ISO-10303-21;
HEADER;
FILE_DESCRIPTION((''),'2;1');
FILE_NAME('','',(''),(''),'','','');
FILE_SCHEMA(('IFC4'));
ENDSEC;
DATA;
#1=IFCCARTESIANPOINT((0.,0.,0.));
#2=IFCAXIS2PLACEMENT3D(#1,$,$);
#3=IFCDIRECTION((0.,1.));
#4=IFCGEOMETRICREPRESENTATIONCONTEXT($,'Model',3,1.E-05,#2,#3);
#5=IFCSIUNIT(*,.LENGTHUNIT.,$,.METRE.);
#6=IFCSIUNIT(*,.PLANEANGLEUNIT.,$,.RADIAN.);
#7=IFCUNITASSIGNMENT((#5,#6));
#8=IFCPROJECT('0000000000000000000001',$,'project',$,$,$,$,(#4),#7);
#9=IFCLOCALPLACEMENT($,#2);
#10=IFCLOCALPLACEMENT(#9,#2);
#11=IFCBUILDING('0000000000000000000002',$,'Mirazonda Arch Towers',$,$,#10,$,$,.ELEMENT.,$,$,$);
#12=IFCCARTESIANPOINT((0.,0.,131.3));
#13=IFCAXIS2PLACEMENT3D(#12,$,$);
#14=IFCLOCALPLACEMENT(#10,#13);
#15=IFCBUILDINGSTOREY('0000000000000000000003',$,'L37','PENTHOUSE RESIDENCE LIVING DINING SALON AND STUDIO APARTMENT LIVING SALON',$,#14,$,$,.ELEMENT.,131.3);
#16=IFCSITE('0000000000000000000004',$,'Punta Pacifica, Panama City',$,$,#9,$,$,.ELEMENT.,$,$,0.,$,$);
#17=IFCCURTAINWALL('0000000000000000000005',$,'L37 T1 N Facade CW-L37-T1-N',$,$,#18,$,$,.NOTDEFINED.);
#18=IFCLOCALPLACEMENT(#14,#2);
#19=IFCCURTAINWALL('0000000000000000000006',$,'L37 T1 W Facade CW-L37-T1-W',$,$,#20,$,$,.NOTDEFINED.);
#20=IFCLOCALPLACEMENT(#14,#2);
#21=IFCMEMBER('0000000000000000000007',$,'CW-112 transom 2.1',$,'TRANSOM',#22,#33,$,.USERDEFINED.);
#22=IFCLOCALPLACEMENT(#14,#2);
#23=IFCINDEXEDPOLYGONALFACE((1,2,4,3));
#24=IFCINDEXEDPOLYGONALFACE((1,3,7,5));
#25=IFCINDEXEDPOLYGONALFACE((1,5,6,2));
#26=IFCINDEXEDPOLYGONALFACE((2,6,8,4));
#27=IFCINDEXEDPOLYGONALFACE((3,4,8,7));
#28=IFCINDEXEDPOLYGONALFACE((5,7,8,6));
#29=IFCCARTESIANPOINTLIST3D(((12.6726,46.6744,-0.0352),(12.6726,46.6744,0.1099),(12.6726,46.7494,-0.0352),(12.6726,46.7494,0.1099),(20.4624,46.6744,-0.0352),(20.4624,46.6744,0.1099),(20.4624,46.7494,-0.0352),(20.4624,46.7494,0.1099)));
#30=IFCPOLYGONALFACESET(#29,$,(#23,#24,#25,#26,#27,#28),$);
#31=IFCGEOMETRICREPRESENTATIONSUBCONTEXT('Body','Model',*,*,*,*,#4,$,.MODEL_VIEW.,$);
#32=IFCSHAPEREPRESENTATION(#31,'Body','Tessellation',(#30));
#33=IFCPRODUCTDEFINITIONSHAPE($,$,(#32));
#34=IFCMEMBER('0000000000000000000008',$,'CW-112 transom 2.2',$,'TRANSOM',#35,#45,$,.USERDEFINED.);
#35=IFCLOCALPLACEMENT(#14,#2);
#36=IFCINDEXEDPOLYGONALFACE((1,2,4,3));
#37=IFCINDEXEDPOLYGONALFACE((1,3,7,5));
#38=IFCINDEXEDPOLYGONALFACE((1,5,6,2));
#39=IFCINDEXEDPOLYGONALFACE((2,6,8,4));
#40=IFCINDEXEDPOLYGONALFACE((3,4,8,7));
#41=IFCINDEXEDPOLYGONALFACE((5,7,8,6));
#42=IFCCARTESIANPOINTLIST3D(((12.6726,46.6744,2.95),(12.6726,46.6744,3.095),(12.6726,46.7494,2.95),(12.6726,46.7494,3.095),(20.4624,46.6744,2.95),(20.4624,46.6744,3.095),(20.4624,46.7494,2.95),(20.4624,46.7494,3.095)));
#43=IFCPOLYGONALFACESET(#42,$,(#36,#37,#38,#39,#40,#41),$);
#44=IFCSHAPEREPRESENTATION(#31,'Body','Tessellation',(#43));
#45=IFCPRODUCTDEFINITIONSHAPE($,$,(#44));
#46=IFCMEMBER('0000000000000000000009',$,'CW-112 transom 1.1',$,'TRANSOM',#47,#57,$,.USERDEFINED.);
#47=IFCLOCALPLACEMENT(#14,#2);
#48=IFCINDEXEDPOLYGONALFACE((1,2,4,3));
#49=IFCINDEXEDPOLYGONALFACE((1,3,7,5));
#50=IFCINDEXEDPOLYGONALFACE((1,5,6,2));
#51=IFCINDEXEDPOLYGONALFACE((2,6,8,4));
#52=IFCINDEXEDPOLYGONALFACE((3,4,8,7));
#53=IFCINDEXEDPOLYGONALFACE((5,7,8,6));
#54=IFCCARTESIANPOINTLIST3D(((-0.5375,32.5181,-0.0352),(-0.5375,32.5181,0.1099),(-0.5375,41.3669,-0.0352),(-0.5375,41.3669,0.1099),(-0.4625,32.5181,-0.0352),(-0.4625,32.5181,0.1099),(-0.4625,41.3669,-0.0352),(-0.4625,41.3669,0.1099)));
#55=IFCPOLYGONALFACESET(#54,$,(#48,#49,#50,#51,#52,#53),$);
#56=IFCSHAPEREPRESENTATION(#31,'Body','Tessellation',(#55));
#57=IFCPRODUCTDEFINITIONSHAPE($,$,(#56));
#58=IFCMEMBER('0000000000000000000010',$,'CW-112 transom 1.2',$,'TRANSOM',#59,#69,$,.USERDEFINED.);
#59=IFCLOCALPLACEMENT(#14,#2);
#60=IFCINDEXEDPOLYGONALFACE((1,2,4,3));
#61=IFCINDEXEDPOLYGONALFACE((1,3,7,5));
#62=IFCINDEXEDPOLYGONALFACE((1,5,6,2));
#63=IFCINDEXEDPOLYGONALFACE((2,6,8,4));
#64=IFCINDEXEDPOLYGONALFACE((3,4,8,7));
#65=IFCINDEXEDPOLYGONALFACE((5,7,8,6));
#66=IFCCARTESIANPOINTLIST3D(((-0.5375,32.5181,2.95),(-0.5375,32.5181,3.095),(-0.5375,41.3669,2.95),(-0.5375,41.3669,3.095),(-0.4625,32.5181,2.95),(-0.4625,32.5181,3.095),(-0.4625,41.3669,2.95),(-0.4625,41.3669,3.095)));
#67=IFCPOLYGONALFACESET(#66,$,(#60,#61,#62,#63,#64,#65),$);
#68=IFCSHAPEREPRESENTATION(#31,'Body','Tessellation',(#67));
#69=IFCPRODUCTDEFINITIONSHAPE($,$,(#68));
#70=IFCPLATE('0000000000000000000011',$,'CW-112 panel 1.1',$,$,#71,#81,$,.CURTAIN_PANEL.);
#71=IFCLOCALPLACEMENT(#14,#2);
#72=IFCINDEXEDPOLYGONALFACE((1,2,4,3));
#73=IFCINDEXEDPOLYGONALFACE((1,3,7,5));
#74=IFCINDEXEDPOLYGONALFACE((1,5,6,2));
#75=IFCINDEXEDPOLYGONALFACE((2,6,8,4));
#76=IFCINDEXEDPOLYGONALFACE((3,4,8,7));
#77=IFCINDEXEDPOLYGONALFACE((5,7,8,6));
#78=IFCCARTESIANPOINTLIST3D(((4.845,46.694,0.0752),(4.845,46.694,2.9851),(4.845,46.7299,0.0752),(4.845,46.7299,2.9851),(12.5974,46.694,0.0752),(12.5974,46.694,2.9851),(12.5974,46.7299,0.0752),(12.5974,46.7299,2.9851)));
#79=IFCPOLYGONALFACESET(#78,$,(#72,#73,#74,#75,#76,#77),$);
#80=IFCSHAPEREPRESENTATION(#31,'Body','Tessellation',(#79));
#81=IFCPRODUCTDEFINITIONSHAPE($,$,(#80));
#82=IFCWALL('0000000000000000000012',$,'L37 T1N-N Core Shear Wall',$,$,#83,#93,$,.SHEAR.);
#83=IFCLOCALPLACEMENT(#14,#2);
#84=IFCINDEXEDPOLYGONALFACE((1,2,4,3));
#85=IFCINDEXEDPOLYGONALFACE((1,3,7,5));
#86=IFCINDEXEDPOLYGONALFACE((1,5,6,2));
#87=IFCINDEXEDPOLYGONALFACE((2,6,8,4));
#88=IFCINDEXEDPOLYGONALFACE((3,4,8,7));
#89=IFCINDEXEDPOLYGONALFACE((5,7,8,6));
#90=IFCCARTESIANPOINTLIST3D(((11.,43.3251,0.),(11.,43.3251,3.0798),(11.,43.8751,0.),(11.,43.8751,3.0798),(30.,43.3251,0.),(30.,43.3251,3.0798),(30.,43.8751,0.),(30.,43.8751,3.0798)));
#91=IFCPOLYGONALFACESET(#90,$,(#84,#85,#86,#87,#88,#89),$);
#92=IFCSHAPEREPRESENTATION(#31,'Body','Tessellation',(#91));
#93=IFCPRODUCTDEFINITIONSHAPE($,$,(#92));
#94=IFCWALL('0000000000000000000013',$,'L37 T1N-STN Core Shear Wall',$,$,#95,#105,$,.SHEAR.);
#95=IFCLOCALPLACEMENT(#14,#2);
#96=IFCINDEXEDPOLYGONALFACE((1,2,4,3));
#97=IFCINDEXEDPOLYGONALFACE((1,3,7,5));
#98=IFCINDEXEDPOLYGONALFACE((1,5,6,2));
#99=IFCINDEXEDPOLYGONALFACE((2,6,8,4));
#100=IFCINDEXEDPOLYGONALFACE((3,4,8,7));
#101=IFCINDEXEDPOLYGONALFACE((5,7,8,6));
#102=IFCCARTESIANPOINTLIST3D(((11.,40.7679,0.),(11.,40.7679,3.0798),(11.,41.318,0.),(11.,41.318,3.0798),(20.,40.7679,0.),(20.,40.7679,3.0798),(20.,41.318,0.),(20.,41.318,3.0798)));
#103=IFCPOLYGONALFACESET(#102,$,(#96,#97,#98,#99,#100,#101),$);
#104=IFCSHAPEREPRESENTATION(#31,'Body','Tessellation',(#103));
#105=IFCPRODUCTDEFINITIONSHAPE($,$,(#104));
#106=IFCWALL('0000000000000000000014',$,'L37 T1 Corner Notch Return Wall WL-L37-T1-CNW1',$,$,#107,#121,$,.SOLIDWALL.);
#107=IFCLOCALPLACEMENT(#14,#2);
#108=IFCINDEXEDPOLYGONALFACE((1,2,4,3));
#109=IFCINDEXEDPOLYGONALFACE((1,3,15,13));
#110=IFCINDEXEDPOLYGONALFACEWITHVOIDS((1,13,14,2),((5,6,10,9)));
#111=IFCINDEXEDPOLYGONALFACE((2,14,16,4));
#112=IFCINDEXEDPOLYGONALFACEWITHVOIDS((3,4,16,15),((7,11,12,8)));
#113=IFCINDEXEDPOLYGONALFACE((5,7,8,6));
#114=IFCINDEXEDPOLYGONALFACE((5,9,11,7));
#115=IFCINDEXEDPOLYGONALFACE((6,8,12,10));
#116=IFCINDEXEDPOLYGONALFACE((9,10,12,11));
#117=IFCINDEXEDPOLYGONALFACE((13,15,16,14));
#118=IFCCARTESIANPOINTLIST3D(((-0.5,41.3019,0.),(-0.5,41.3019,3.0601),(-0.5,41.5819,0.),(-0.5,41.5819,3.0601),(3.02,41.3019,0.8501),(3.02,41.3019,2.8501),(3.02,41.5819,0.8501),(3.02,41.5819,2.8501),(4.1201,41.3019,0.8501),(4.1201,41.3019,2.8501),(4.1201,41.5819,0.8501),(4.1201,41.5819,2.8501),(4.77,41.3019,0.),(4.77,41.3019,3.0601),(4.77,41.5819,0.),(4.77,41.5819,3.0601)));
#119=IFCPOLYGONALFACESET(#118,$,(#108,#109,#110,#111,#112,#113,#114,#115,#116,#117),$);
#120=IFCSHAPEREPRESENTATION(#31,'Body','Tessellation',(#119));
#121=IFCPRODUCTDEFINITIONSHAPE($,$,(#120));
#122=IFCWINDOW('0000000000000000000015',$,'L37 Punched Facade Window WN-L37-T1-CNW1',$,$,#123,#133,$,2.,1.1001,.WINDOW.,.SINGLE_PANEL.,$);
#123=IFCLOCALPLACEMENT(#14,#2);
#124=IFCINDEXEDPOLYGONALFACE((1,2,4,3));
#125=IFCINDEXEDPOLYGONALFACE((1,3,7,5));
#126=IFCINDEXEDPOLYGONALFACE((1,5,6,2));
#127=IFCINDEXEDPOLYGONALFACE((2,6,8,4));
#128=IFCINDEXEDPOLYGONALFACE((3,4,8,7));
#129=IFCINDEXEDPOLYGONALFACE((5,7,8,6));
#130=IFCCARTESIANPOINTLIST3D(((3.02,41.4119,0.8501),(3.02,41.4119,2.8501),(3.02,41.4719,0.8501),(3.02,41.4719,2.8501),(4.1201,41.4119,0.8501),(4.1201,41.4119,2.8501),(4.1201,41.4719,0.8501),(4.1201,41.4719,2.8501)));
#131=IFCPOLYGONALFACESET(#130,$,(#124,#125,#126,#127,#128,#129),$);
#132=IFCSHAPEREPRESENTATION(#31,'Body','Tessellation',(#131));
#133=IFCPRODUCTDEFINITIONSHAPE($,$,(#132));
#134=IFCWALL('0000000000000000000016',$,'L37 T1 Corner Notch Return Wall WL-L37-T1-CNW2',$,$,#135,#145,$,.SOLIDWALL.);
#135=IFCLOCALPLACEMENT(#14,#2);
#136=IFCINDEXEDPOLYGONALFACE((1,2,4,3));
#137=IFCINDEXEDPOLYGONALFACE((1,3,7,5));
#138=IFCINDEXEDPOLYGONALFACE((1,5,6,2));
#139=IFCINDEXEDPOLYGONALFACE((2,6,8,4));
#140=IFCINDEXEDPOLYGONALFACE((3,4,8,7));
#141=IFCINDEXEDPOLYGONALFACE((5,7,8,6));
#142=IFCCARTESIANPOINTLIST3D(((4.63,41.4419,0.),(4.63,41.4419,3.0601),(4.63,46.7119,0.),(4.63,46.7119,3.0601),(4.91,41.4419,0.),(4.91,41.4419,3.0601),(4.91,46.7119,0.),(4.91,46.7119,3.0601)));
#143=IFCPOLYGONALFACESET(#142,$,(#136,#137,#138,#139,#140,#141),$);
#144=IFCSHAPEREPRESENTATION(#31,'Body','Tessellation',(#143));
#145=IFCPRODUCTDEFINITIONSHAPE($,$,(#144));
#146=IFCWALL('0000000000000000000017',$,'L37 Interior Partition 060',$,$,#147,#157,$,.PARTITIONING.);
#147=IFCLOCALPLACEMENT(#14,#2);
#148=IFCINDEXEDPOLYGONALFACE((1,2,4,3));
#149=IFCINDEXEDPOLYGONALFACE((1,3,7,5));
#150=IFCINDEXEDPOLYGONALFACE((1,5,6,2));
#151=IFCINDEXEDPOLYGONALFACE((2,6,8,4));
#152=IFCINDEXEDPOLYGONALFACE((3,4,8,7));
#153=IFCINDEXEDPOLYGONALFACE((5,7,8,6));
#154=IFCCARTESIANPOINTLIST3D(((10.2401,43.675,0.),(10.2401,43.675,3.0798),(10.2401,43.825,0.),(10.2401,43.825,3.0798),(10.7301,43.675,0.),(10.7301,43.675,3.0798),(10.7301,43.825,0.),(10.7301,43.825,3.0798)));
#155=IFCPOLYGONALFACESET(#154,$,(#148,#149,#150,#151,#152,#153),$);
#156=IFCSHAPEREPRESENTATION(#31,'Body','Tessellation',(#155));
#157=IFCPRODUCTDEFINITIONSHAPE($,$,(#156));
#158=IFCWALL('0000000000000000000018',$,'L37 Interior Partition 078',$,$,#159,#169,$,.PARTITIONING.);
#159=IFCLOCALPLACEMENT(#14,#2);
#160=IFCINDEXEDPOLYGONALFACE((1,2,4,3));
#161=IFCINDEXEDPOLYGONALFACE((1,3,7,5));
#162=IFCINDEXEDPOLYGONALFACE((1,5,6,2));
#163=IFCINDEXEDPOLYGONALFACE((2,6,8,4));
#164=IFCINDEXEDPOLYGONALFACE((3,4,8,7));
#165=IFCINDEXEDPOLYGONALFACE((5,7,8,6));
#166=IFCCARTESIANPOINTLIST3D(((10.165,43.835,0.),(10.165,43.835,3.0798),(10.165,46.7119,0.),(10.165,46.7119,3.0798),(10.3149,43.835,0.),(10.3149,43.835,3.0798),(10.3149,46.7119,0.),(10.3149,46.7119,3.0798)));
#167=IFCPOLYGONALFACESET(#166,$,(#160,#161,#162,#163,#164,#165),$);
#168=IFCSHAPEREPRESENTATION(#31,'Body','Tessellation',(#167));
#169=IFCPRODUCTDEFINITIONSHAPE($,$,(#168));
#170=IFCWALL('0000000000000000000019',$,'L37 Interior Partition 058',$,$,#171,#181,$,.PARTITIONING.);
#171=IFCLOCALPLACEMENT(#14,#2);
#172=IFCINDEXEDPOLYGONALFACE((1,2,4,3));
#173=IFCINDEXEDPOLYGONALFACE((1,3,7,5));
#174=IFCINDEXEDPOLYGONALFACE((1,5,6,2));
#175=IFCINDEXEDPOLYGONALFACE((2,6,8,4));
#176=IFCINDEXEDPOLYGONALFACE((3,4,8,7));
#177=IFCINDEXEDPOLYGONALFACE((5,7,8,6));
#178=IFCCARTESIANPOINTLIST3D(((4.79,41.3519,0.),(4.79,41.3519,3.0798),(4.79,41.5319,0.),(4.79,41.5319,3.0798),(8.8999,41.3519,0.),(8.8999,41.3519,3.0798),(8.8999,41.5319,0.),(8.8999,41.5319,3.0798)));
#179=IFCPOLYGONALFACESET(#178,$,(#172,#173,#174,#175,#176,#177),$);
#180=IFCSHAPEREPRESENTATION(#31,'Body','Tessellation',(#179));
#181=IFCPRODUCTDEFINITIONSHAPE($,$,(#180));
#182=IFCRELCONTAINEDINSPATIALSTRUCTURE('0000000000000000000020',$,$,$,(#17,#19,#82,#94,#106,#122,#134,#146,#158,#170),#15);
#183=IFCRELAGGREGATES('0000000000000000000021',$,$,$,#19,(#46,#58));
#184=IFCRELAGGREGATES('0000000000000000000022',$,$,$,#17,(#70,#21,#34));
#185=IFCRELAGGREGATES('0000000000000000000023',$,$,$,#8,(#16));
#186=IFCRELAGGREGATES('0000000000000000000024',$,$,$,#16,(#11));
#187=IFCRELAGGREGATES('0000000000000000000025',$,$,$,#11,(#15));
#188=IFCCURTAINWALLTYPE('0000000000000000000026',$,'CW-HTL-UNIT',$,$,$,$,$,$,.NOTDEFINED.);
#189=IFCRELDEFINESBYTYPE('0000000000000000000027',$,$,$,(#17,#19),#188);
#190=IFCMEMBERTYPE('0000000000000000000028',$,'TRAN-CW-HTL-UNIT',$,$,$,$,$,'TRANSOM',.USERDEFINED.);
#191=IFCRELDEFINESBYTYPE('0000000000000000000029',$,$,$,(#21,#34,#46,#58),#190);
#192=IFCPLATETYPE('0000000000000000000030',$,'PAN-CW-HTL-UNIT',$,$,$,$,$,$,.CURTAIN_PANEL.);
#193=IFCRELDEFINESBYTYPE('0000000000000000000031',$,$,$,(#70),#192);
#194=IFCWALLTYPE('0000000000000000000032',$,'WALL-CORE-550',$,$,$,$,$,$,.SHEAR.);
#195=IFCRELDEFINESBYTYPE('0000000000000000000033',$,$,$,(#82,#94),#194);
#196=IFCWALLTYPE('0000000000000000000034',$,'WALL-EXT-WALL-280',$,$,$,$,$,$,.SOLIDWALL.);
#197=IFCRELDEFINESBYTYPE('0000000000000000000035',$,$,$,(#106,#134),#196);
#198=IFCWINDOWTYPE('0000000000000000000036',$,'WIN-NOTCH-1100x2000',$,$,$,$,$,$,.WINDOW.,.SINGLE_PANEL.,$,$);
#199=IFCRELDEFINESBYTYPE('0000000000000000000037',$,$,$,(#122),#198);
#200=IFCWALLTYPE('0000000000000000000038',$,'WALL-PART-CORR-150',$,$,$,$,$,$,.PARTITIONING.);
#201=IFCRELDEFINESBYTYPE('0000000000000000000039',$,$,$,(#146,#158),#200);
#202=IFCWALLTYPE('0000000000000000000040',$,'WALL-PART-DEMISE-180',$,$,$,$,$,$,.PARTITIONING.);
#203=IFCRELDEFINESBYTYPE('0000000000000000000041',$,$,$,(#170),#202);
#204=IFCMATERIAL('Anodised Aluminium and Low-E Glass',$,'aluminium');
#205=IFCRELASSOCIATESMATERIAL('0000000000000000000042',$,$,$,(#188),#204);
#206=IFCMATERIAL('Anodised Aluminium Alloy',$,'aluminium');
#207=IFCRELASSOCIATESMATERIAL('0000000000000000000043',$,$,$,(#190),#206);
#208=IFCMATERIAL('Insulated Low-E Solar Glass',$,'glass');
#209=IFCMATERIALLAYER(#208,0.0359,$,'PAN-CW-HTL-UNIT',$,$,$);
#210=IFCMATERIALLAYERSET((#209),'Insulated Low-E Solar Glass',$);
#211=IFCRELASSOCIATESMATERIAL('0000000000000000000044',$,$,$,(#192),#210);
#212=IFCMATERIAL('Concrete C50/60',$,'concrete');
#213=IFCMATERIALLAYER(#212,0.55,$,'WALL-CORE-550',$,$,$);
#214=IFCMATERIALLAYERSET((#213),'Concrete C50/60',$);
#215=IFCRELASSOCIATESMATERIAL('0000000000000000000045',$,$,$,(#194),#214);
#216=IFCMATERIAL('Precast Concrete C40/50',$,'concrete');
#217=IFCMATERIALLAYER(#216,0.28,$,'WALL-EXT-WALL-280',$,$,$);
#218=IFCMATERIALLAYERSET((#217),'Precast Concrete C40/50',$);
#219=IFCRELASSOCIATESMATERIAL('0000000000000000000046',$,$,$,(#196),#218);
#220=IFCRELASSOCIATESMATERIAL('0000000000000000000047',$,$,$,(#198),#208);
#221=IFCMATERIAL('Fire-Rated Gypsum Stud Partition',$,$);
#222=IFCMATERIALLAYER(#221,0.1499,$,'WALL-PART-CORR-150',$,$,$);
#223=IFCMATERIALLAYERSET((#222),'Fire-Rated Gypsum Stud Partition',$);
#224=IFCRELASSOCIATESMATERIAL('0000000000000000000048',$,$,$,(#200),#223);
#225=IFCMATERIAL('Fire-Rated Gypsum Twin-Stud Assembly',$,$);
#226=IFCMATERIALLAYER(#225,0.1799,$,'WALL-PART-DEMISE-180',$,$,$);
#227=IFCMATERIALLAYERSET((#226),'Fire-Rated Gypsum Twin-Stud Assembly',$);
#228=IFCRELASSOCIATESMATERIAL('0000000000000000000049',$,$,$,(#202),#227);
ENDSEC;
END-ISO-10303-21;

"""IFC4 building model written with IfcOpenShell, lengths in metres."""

from ifc_helpers import new_model, si_unit, direction, frame, frame_2d, origin, origin_2d, place, context, subcontext, project, spatial, rectangle, extrude, material, layer, layer_set, material_profile, profile_set, type_object, element, fill, aggregate, save


model = new_model("IFC4")

# Units and contexts
model_context = context("Model", 3, precision=1e-05, world=origin(), true_north=direction((0.0, 1.0)))
body_context = subcontext(model_context, "Body", "Model", "MODEL_VIEW")
ifc_project = project(units=[si_unit("LENGTHUNIT", "METRE"), si_unit("PLANEANGLEUNIT", "RADIAN")], contexts=[model_context])

# Site, building, storey
site_placement = place(None, origin())
site = spatial("IfcSite", under=ifc_project, at=site_placement, Name="Punta Pacifica, Panama City", CompositionType="ELEMENT", RefElevation=0.0)
building_placement = place(site_placement, origin())
building = spatial("IfcBuilding", under=site, at=building_placement, Name="Mirazonda Arch Towers", CompositionType="ELEMENT")
storey_placement = place(building_placement, frame((0.0, 0.0, 131.3)))
storey = spatial("IfcBuildingStorey", under=building, at=storey_placement, Name="L37", Description="PENTHOUSE RESIDENCE LIVING DINING SALON AND STUDIO APARTMENT LIVING SALON", CompositionType="ELEMENT", Elevation=131.3)

# Shared definitions
ifc_material_1 = material(Name="Concrete C50/60", Category="concrete")

# Curtain wall
ifc_material_2 = material(Name="Anodised Aluminium and Low-E Glass", Category="aluminium")
curtain_wall_type = type_object("IfcCurtainWallType", Name="CW-HTL-UNIT", PredefinedType="NOTDEFINED", material=ifc_material_2)
curtain_wall_1_placement = place(storey_placement, origin())
curtain_wall_1 = element("IfcCurtainWall", 1, at=curtain_wall_1_placement, inside=storey, type_object=curtain_wall_type, Name="L37 T1 N Facade CW-L37-T1-N", PredefinedType="NOTDEFINED")
ifc_material_3 = material(Name="Anodised Aluminium Alloy", Category="aluminium")

# Curtain wall
curtain_wall_2_placement = place(storey_placement, origin())
curtain_wall_2 = element("IfcCurtainWall", 2, at=curtain_wall_2_placement, inside=storey, type_object=curtain_wall_type, Name="L37 T1 W Facade CW-L37-T1-W", PredefinedType="NOTDEFINED")

# Members
ifc_material_profile_1 = material_profile(ifc_material_3, rectangle(XDim=0.075, YDim=0.145, at=origin_2d()), Name="ALU-TRAN-75x145")
ifc_profile_set_1 = profile_set([ifc_material_profile_1], Name="Anodised Aluminium Alloy")
member_type_1 = type_object("IfcMemberType", Name="TRAN-CW-HTL-UNIT", ElementType="TRANSOM", PredefinedType="USERDEFINED", material=ifc_profile_set_1)
member_1_placement = place(storey_placement, frame((12.6726, 46.7119, 0.0374), z_axis=(1.0, 0.0, 0.0), x_axis=(0.0, 1.0, 0.0)))
member_1 = element("IfcMember", 3, at=member_1_placement, type_object=member_type_1, Name="CW-112 transom 2.1", ObjectType="TRANSOM", PredefinedType="USERDEFINED", context=body_context, shape_type="SweptSolid", body=[
    extrude(rectangle(XDim=0.075, YDim=0.145, at=origin_2d()), origin(), (0.0, 0.0, 1.0), 7.7898),
])
member_2_placement = place(storey_placement, frame((12.6726, 46.7119, 3.0225), z_axis=(1.0, 0.0, 0.0), x_axis=(0.0, 1.0, 0.0)))
member_2 = element("IfcMember", 4, at=member_2_placement, type_object=member_type_1, Name="CW-112 transom 2.2", ObjectType="TRANSOM", PredefinedType="USERDEFINED", context=body_context, shape_type="SweptSolid", body=[
    extrude(rectangle(XDim=0.075, YDim=0.145, at=origin_2d()), origin(), (0.0, 0.0, 1.0), 7.7898),
])
member_3_placement = place(storey_placement, frame((-0.5, 41.3669, 0.0374), z_axis=(0.0, -1.0, 0.0), x_axis=(1.0, 0.0, 0.0)))
member_3 = element("IfcMember", 5, at=member_3_placement, type_object=member_type_1, Name="CW-112 transom 1.1", ObjectType="TRANSOM", PredefinedType="USERDEFINED", context=body_context, shape_type="SweptSolid", body=[
    extrude(rectangle(XDim=0.075, YDim=0.145, at=origin_2d()), origin(), (0.0, 0.0, 1.0), 8.8489),
])
member_4_placement = place(storey_placement, frame((-0.5, 41.3669, 3.0225), z_axis=(0.0, -1.0, 0.0), x_axis=(1.0, 0.0, 0.0)))
member_4 = element("IfcMember", 6, at=member_4_placement, type_object=member_type_1, Name="CW-112 transom 1.2", ObjectType="TRANSOM", PredefinedType="USERDEFINED", context=body_context, shape_type="SweptSolid", body=[
    extrude(rectangle(XDim=0.075, YDim=0.145, at=origin_2d()), origin(), (0.0, 0.0, 1.0), 8.8489),
])
aggregate(curtain_wall_2, [member_3, member_4])

# Plate
ifc_material_4 = material(Name="Insulated Low-E Solar Glass", Category="glass")
ifc_layer_1 = layer(ifc_material_4, 0.0359, Name="PAN-CW-HTL-UNIT")
ifc_layer_set_1 = layer_set([ifc_layer_1], Name="Insulated Low-E Solar Glass")
plate_type = type_object("IfcPlateType", Name="PAN-CW-HTL-UNIT", PredefinedType="CURTAIN_PANEL", material=ifc_layer_set_1)
plate_placement = place(storey_placement, frame((8.7212, 46.7119, 0.0752), z_axis=(0.0, 0.0, 1.0), x_axis=(1.0, 0.0, 0.0)))
plate = element("IfcPlate", 7, at=plate_placement, type_object=plate_type, Name="CW-112 panel 1.1", PredefinedType="CURTAIN_PANEL", context=body_context, shape_type="SweptSolid", body=[
    extrude(rectangle(XDim=7.7524, YDim=0.0359, at=origin_2d()), origin(), (0.0, 0.0, 1.0), 2.9099),
])
aggregate(curtain_wall_1, [plate, member_1, member_2])

# Walls
ifc_layer_2 = layer(ifc_material_1, 0.55, Name="WALL-CORE-550")
ifc_layer_set_2 = layer_set([ifc_layer_2], Name="Concrete C50/60")
wall_type_1 = type_object("IfcWallType", Name="WALL-CORE-550", PredefinedType="SHEAR", material=ifc_layer_set_2)
wall_1_placement = place(storey_placement, frame((11.0, 43.6001, 0.0), z_axis=(0.0, 0.0, 1.0), x_axis=(1.0, 0.0, 0.0)))
element("IfcWall", 8, at=wall_1_placement, inside=storey, type_object=wall_type_1, Name="L37 T1N-N Core Shear Wall", PredefinedType="SHEAR", context=body_context, shape_type="SweptSolid", body=[
    extrude(rectangle(XDim=19.0, YDim=0.55, at=frame_2d((9.5, 0.0))), origin(), (0.0, 0.0, 1.0), 3.0798),
])
wall_2_placement = place(storey_placement, frame((11.0, 41.043, 0.0), z_axis=(0.0, 0.0, 1.0), x_axis=(1.0, 0.0, 0.0)))
element("IfcWall", 9, at=wall_2_placement, inside=storey, type_object=wall_type_1, Name="L37 T1N-STN Core Shear Wall", PredefinedType="SHEAR", context=body_context, shape_type="SweptSolid", body=[
    extrude(rectangle(XDim=9.0, YDim=0.55, at=frame_2d((4.5, 0.0))), origin(), (0.0, 0.0, 1.0), 3.0798),
])

# Wall, opening, window
ifc_material_5 = material(Name="Precast Concrete C40/50", Category="concrete")
ifc_layer_3 = layer(ifc_material_5, 0.28, Name="WALL-EXT-WALL-280")
ifc_layer_set_3 = layer_set([ifc_layer_3], Name="Precast Concrete C40/50")
wall_type_2 = type_object("IfcWallType", Name="WALL-EXT-WALL-280", PredefinedType="SOLIDWALL", material=ifc_layer_set_3)
wall_3_placement = place(storey_placement, frame((4.77, 41.4419, 0.0), z_axis=(0.0, 0.0, 1.0), x_axis=(-1.0, 0.0, 0.0)))
wall_3 = element("IfcWall", 10, at=wall_3_placement, inside=storey, type_object=wall_type_2, Name="L37 T1 Corner Notch Return Wall WL-L37-T1-CNW1", PredefinedType="SOLIDWALL", context=body_context, shape_type="SweptSolid", body=[
    extrude(rectangle(XDim=5.27, YDim=0.28, at=frame_2d((2.635, 0.0))), origin(), (0.0, 0.0, 1.0), 3.0601),
])
opening_1_placement = place(wall_3_placement, frame((0.6499, 0.0, 0.8501)))
opening_1 = element("IfcOpeningElement", 11, at=opening_1_placement, cuts=wall_3, PredefinedType="OPENING", context=body_context, shape_type="SweptSolid", body=[
    extrude(rectangle(XDim=1.1001, YDim=2.0, at=frame_2d((0.55, 1.0))), frame((0.0, 0.1499, 0.0), z_axis=(0.0, -1.0, 0.0), x_axis=(1.0, 0.0, 0.0)), (0.0, 0.0, 1.0), 0.3),
])
window_type = type_object("IfcWindowType", Name="WIN-NOTCH-1100x2000", PartitioningType="SINGLE_PANEL", PredefinedType="WINDOW", material=ifc_material_4)
window_placement = place(opening_1_placement, origin())
window = element("IfcWindow", 12, at=window_placement, inside=storey, type_object=window_type, Name="L37 Punched Facade Window WN-L37-T1-CNW1", OverallHeight=2.0, OverallWidth=1.1001, PartitioningType="SINGLE_PANEL", PredefinedType="WINDOW", context=body_context, shape_type="SweptSolid", body=[
    extrude(rectangle(XDim=1.1001, YDim=2.0, at=frame_2d((0.55, 1.0))), frame((0.0, 0.03, 0.0), z_axis=(0.0, -1.0, 0.0), x_axis=(1.0, 0.0, 0.0)), (0.0, 0.0, 1.0), 0.0601),
])
fill(opening_1, window)

# Walls
wall_4_placement = place(storey_placement, frame((4.77, 46.7119, 0.0), z_axis=(0.0, 0.0, 1.0), x_axis=(0.0, -1.0, 0.0)))
element("IfcWall", 13, at=wall_4_placement, inside=storey, type_object=wall_type_2, Name="L37 T1 Corner Notch Return Wall WL-L37-T1-CNW2", PredefinedType="SOLIDWALL", context=body_context, shape_type="SweptSolid", body=[
    extrude(rectangle(XDim=5.27, YDim=0.28, at=frame_2d((2.635, 0.0))), origin(), (0.0, 0.0, 1.0), 3.0601),
])
ifc_material_6 = material(Name="Fire-Rated Gypsum Stud Partition")
ifc_layer_4 = layer(ifc_material_6, 0.1499, Name="WALL-PART-CORR-150")
ifc_layer_set_4 = layer_set([ifc_layer_4], Name="Fire-Rated Gypsum Stud Partition")
wall_type_3 = type_object("IfcWallType", Name="WALL-PART-CORR-150", PredefinedType="PARTITIONING", material=ifc_layer_set_4)
wall_5_placement = place(storey_placement, frame((10.24, 43.75, 0.0), z_axis=(0.0, 0.0, 1.0), x_axis=(1.0, 0.0, 0.0)))
element("IfcWall", 14, at=wall_5_placement, inside=storey, type_object=wall_type_3, Name="L37 Interior Partition 060", PredefinedType="PARTITIONING", context=body_context, shape_type="SweptSolid", body=[
    extrude(rectangle(XDim=0.49, YDim=0.1499, at=frame_2d((0.2451, 0.0))), origin(), (0.0, 0.0, 1.0), 3.0798),
])
wall_6_placement = place(storey_placement, frame((10.24, 43.835, 0.0), z_axis=(0.0, 0.0, 1.0), x_axis=(0.0, 1.0, 0.0)))
element("IfcWall", 15, at=wall_6_placement, inside=storey, type_object=wall_type_3, Name="L37 Interior Partition 078", PredefinedType="PARTITIONING", context=body_context, shape_type="SweptSolid", body=[
    extrude(rectangle(XDim=2.877, YDim=0.1499, at=frame_2d((1.4385, 0.0))), origin(), (0.0, 0.0, 1.0), 3.0798),
])
ifc_material_7 = material(Name="Fire-Rated Gypsum Twin-Stud Assembly")
ifc_layer_5 = layer(ifc_material_7, 0.1799, Name="WALL-PART-DEMISE-180")
ifc_layer_set_5 = layer_set([ifc_layer_5], Name="Fire-Rated Gypsum Twin-Stud Assembly")
wall_type_4 = type_object("IfcWallType", Name="WALL-PART-DEMISE-180", PredefinedType="PARTITIONING", material=ifc_layer_set_5)
wall_7_placement = place(storey_placement, frame((4.79, 41.4419, 0.0), z_axis=(0.0, 0.0, 1.0), x_axis=(1.0, 0.0, 0.0)))
element("IfcWall", 16, at=wall_7_placement, inside=storey, type_object=wall_type_4, Name="L37 Interior Partition 058", PredefinedType="PARTITIONING", context=body_context, shape_type="SweptSolid", body=[
    extrude(rectangle(XDim=4.1099, YDim=0.1799, at=frame_2d((2.0549, 0.0))), origin(), (0.0, 0.0, 1.0), 3.0798),
])

save(model, "model.ifc")
